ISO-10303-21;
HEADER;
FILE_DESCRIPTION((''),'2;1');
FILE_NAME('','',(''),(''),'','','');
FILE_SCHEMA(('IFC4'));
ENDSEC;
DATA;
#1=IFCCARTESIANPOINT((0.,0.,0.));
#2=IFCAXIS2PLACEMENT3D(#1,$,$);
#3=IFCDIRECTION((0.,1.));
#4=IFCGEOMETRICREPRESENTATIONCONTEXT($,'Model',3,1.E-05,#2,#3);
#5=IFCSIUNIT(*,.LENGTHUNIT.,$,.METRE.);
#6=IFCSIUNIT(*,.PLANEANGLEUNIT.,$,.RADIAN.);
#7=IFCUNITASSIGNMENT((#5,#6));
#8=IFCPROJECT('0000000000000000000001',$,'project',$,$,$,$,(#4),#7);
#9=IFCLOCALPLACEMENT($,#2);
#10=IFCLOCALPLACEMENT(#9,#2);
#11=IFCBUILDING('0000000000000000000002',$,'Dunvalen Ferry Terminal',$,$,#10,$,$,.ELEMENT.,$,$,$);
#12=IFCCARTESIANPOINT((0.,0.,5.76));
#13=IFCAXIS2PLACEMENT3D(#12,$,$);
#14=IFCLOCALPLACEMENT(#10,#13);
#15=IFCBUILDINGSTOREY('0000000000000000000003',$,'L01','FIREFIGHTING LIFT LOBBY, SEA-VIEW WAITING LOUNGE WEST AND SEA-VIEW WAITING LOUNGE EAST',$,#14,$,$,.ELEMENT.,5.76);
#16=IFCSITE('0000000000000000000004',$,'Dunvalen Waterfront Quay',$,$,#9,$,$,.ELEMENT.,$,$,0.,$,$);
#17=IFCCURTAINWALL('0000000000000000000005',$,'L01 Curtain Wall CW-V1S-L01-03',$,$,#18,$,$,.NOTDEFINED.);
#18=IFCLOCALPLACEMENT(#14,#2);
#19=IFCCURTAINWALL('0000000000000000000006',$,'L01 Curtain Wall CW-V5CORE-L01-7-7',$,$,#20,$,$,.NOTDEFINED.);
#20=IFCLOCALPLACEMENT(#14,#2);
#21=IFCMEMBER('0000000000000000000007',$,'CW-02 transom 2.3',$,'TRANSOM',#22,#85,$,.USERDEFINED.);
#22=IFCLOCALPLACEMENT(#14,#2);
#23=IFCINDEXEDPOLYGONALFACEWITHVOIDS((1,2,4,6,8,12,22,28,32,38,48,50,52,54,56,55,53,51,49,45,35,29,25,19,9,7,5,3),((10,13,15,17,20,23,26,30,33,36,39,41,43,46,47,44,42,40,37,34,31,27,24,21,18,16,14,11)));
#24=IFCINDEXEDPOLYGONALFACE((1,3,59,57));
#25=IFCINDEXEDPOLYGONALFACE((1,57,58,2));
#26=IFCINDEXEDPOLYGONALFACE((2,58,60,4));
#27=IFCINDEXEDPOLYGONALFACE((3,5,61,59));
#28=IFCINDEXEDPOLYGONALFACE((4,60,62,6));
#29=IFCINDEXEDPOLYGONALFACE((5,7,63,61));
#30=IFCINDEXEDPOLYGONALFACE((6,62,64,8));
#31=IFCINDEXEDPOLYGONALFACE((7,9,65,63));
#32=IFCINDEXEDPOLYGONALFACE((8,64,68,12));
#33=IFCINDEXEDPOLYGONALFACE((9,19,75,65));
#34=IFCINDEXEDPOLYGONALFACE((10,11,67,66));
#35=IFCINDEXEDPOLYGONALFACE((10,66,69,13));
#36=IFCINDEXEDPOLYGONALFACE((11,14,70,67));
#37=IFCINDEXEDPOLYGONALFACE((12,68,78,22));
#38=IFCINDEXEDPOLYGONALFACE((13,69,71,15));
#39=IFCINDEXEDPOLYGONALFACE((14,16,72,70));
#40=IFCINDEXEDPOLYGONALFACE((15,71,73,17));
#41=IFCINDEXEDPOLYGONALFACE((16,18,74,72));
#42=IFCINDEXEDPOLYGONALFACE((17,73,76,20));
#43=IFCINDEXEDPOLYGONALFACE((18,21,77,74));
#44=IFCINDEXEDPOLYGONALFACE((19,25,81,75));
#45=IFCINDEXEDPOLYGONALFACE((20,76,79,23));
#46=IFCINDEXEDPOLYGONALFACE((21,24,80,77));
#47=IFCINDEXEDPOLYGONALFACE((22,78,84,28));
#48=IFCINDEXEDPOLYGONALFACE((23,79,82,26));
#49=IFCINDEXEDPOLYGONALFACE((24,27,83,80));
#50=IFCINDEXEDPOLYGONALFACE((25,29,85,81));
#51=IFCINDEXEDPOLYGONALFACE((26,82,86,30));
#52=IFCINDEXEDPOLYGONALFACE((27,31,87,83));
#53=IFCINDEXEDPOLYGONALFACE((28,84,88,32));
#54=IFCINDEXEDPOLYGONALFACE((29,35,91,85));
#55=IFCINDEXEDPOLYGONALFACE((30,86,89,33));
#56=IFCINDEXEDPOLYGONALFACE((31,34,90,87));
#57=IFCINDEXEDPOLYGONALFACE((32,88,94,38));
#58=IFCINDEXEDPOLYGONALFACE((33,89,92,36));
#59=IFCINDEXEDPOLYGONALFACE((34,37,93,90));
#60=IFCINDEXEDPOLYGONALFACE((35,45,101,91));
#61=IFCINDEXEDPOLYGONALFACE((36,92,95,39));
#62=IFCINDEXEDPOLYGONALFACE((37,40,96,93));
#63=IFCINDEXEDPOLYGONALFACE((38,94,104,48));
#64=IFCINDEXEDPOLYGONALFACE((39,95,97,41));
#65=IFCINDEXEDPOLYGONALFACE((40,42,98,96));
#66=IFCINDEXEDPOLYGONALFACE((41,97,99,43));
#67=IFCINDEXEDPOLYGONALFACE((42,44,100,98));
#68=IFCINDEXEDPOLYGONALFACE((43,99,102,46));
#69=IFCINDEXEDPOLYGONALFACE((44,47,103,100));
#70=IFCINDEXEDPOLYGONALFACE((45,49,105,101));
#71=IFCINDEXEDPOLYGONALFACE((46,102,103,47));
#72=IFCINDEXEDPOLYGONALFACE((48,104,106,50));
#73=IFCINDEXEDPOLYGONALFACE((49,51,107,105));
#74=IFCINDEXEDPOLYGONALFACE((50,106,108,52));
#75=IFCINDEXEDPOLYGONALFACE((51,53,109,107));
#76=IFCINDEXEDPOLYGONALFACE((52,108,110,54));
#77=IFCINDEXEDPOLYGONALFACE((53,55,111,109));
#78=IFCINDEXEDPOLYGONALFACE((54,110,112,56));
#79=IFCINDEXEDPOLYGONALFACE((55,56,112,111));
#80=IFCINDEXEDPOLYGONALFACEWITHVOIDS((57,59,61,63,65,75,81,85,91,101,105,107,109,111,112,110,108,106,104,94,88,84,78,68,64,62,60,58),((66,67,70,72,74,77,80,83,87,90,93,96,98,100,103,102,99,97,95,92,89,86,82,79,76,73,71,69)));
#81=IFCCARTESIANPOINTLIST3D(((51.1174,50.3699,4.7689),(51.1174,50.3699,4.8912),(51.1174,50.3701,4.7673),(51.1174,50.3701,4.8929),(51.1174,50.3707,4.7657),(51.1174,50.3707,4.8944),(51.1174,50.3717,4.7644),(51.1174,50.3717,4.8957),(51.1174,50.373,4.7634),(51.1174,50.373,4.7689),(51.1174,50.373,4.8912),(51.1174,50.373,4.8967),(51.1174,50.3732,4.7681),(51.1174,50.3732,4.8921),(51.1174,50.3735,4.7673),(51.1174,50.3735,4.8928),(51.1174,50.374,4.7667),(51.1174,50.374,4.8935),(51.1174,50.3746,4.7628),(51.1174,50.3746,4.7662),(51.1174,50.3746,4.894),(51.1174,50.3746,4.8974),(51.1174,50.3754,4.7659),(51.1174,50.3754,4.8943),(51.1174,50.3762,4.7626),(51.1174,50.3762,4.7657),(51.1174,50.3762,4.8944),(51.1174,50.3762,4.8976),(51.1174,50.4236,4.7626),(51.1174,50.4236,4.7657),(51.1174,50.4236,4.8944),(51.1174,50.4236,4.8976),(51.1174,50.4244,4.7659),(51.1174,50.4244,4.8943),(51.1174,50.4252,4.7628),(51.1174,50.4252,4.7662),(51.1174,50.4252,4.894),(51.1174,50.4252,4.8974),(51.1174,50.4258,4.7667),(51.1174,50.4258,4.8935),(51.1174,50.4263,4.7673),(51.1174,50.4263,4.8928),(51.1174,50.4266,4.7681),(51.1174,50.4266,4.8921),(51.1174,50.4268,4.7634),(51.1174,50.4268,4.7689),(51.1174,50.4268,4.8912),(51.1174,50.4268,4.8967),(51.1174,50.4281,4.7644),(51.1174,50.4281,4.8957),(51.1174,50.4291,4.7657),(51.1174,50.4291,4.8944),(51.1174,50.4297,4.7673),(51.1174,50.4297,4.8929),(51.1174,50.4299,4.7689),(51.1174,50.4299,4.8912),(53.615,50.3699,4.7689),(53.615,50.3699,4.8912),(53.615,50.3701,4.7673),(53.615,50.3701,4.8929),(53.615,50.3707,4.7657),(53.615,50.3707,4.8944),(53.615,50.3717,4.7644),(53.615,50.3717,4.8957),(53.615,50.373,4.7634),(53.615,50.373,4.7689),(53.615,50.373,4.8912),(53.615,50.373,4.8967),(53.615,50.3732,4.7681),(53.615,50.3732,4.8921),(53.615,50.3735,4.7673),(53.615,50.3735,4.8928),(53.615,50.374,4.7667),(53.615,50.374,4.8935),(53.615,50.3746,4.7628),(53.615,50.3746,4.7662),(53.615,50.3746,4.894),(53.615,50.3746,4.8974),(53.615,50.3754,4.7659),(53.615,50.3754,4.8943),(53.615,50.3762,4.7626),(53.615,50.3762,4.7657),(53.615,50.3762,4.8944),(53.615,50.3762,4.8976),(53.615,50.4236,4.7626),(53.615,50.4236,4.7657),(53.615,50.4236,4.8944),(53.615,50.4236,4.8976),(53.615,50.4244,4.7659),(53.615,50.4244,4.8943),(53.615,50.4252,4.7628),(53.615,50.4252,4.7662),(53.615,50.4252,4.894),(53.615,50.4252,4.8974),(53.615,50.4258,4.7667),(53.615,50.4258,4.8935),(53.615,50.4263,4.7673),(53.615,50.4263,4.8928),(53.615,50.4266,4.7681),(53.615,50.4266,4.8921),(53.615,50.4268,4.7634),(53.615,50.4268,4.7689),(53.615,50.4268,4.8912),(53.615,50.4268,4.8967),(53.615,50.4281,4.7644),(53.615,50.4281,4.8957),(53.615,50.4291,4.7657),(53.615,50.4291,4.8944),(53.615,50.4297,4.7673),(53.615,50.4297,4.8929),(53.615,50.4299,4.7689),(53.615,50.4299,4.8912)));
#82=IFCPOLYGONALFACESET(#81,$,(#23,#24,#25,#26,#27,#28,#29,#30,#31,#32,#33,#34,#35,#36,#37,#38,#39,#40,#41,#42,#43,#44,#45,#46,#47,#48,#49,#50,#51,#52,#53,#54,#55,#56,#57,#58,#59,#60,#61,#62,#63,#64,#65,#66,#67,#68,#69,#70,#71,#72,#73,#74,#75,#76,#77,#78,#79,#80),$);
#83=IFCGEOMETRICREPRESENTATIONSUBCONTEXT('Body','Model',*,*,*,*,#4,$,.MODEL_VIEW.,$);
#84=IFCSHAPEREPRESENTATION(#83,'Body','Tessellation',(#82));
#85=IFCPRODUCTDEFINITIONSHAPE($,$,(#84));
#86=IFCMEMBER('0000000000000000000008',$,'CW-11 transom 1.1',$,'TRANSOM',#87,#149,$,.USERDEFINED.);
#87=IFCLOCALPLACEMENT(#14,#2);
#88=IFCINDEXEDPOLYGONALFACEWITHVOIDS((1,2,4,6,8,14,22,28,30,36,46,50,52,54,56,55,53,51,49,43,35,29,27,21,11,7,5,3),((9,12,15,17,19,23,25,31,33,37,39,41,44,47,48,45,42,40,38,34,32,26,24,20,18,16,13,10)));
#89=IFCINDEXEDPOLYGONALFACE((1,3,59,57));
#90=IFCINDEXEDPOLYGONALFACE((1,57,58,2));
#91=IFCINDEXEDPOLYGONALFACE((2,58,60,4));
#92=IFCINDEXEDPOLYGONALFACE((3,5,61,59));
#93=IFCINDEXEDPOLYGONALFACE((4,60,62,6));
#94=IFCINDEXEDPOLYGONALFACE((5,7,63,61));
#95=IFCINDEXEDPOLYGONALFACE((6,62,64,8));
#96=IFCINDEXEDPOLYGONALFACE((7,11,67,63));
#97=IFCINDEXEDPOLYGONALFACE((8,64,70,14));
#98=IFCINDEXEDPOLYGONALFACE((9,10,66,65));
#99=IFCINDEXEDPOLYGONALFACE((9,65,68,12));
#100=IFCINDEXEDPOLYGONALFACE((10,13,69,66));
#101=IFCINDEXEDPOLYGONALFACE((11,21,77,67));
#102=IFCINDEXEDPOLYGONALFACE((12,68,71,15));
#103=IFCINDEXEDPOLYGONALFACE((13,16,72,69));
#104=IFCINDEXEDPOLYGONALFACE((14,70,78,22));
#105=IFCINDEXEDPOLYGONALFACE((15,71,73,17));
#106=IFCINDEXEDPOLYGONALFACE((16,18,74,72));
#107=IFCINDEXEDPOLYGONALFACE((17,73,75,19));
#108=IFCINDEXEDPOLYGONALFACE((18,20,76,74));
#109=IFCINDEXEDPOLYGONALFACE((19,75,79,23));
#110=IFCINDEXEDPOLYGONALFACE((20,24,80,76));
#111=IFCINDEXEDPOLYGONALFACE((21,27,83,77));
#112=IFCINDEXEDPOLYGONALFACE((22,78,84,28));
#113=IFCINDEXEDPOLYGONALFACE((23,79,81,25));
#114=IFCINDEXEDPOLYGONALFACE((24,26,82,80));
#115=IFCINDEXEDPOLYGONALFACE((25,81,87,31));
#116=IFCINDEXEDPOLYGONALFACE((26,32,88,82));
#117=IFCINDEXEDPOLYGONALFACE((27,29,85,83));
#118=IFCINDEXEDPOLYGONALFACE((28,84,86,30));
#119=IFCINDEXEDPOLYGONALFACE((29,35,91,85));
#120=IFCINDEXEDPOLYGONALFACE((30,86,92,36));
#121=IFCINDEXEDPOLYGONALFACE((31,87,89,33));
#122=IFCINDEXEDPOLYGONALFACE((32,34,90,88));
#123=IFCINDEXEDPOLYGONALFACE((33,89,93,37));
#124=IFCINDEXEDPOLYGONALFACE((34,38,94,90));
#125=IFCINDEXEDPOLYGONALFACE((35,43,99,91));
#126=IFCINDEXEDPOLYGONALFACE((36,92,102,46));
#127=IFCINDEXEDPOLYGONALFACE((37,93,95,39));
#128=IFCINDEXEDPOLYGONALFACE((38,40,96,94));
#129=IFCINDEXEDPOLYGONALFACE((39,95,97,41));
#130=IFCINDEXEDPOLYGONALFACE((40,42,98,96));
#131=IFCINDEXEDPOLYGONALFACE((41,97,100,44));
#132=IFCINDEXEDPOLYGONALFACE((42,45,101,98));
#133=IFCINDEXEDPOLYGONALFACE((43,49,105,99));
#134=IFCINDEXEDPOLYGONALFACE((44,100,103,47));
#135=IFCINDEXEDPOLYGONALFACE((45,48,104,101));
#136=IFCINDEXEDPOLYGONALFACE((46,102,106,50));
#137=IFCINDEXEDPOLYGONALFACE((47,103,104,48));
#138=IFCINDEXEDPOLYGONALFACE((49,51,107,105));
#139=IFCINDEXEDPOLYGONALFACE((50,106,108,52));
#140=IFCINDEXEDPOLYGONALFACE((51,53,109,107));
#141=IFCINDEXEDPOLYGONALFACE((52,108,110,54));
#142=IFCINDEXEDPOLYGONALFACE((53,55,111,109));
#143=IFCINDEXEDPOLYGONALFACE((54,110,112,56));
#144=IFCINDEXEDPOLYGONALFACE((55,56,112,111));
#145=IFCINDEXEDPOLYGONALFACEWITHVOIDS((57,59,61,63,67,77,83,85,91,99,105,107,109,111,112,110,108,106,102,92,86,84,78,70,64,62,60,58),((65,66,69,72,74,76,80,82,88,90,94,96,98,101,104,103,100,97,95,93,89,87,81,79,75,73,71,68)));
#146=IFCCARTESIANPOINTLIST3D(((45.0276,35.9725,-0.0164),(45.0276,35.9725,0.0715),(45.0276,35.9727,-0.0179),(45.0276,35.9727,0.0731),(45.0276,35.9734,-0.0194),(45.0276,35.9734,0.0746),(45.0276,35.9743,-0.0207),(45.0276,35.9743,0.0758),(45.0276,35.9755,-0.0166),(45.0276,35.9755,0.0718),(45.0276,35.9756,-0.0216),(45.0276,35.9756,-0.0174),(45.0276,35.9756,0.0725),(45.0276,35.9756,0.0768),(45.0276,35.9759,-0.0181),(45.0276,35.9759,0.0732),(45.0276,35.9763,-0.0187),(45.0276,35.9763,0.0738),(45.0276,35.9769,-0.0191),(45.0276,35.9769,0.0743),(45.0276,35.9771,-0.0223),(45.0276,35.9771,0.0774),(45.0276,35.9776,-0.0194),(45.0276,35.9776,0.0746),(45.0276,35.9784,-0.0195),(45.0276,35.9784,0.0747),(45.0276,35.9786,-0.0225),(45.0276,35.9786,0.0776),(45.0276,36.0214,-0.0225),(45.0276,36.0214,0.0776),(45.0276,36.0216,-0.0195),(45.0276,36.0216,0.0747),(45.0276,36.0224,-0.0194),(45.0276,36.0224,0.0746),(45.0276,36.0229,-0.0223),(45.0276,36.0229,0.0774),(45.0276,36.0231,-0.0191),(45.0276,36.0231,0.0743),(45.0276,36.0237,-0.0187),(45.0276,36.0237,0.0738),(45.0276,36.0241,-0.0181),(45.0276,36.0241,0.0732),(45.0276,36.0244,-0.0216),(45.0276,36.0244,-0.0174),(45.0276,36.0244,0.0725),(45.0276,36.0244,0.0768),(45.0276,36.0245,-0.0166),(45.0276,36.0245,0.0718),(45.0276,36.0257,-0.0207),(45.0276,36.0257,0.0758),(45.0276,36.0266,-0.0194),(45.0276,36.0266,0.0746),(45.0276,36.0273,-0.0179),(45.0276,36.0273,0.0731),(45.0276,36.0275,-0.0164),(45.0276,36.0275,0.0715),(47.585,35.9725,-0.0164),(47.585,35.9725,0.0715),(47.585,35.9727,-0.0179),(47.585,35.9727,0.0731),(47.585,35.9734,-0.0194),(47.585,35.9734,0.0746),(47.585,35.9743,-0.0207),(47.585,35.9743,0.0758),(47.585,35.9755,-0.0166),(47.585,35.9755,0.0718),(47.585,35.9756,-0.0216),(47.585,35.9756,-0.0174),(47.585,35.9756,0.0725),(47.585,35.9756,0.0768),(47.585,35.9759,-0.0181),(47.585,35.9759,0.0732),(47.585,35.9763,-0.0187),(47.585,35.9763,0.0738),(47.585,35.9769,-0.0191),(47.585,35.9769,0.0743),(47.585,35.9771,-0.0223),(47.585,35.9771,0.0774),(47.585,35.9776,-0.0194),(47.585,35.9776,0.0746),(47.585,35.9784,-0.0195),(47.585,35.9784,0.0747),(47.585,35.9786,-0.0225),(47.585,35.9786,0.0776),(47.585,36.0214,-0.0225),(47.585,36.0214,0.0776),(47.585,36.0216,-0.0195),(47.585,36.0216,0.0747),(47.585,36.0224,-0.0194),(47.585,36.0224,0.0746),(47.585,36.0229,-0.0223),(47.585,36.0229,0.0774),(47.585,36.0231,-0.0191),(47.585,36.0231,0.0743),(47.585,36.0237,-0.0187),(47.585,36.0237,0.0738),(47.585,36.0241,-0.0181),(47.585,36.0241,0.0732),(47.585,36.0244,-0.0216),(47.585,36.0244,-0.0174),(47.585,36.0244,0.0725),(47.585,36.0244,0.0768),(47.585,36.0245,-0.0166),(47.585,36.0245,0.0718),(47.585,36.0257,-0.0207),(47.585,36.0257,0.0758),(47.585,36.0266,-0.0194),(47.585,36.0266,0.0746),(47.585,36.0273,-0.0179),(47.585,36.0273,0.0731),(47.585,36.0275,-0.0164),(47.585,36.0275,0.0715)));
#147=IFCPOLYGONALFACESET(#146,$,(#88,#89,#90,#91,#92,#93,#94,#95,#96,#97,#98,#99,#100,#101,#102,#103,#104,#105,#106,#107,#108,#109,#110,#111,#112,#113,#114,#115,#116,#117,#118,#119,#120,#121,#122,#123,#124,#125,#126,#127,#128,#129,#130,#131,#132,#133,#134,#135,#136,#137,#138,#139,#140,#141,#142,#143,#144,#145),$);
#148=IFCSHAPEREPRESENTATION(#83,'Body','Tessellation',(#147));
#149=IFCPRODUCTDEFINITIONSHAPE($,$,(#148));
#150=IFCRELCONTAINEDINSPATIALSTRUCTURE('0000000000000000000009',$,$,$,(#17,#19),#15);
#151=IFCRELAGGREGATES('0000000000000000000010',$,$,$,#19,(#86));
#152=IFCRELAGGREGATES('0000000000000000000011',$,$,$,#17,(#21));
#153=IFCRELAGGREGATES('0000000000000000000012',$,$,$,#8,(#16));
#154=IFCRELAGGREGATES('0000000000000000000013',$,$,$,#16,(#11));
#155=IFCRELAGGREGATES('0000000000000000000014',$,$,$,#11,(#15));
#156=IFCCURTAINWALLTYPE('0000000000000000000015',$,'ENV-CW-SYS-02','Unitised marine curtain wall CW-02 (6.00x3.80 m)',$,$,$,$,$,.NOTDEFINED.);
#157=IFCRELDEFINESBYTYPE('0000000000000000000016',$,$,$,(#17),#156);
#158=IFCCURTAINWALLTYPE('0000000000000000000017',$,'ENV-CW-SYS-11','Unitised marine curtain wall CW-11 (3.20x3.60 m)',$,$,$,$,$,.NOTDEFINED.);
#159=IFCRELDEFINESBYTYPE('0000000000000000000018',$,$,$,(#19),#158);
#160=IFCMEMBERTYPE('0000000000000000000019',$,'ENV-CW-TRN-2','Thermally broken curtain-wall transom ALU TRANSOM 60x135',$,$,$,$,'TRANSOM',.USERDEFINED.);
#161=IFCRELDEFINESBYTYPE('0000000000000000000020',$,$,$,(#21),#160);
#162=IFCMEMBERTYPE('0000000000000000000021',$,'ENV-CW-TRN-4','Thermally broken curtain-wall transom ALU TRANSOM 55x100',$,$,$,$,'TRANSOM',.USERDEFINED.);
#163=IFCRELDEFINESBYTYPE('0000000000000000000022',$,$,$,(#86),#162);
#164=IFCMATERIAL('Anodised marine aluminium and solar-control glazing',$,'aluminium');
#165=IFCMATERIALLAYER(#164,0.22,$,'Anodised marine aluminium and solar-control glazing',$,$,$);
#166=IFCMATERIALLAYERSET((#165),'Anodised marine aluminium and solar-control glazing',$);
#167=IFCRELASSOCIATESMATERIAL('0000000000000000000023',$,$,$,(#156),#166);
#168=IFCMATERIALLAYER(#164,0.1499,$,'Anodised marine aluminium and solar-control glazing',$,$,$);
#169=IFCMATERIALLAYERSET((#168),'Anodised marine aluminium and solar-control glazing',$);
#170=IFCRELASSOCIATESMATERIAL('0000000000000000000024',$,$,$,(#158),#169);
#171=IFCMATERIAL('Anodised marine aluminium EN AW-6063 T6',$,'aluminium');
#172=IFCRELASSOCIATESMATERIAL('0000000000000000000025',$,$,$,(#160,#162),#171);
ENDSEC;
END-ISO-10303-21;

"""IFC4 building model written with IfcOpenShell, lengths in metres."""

from ifc_helpers import new_model, si_unit, direction, frame, origin, origin_2d, place, context, subcontext, project, spatial, hollow_rectangle, extrude, material, layer, layer_set, material_profile, profile_set, type_object, element, aggregate, save


model = new_model("IFC4")

# Units and contexts
model_context = context("Model", 3, precision=1e-05, world=origin(), true_north=direction((0.0, 1.0)))
body_context = subcontext(model_context, "Body", "Model", "MODEL_VIEW")
ifc_project = project(units=[si_unit("LENGTHUNIT", "METRE"), si_unit("PLANEANGLEUNIT", "RADIAN")], contexts=[model_context])

# Site, building, storey
site_placement = place(None, origin())
site = spatial("IfcSite", under=ifc_project, at=site_placement, Name="Dunvalen Waterfront Quay", CompositionType="ELEMENT", RefElevation=0.0)
building_placement = place(site_placement, origin())
building = spatial("IfcBuilding", under=site, at=building_placement, Name="Dunvalen Ferry Terminal", CompositionType="ELEMENT")
storey_placement = place(building_placement, frame((0.0, 0.0, 5.76)))
storey = spatial("IfcBuildingStorey", under=building, at=storey_placement, Name="L01", Description="FIREFIGHTING LIFT LOBBY, SEA-VIEW WAITING LOUNGE WEST AND SEA-VIEW WAITING LOUNGE EAST", CompositionType="ELEMENT", Elevation=5.76)

# Curtain wall
ifc_material_1 = material(Name="Anodised marine aluminium and solar-control glazing", Category="aluminium")
ifc_layer_1 = layer(ifc_material_1, 0.22, Name="Anodised marine aluminium and solar-control glazing")
ifc_layer_set_1 = layer_set([ifc_layer_1], Name="Anodised marine aluminium and solar-control glazing")
curtain_wall_type_1 = type_object("IfcCurtainWallType", Name="ENV-CW-SYS-02", Description="Unitised marine curtain wall CW-02 (6.00x3.80 m)", PredefinedType="NOTDEFINED", material=ifc_layer_set_1)
ifc_material_2 = material(Name="Anodised marine aluminium EN AW-6063 T6", Category="aluminium")
curtain_wall_1_placement = place(storey_placement, origin())
curtain_wall_1 = element("IfcCurtainWall", 1, at=curtain_wall_1_placement, inside=storey, type_object=curtain_wall_type_1, Name="L01 Curtain Wall CW-V1S-L01-03", PredefinedType="NOTDEFINED")

# Curtain wall
ifc_layer_2 = layer(ifc_material_1, 0.1499, Name="Anodised marine aluminium and solar-control glazing")
ifc_layer_set_2 = layer_set([ifc_layer_2], Name="Anodised marine aluminium and solar-control glazing")
curtain_wall_type_2 = type_object("IfcCurtainWallType", Name="ENV-CW-SYS-11", Description="Unitised marine curtain wall CW-11 (3.20x3.60 m)", PredefinedType="NOTDEFINED", material=ifc_layer_set_2)
curtain_wall_2_placement = place(storey_placement, origin())
curtain_wall_2 = element("IfcCurtainWall", 2, at=curtain_wall_2_placement, inside=storey, type_object=curtain_wall_type_2, Name="L01 Curtain Wall CW-V5CORE-L01-7-7", PredefinedType="NOTDEFINED")

# Members
ifc_material_profile_1 = material_profile(ifc_material_2, hollow_rectangle(XDim=0.0601, YDim=0.135, WallThickness=0.0032, InnerFilletRadius=0.0032, OuterFilletRadius=0.0063, at=origin_2d()), Name="Anodised marine aluminium EN AW-6063 T6")
ifc_profile_set_1 = profile_set([ifc_material_profile_1], Name="Anodised marine aluminium EN AW-6063 T6")
member_type_1 = type_object("IfcMemberType", Name="ENV-CW-TRN-2", Description="Thermally broken curtain-wall transom ALU TRANSOM 60x135", ElementType="TRANSOM", PredefinedType="USERDEFINED", material=ifc_profile_set_1)
member_1_placement = place(storey_placement, frame((51.1174, 50.3999, 4.8301), z_axis=(1.0, 0.0, 0.0), x_axis=(0.0, 1.0, 0.0)))
member_1 = element("IfcMember", 3, at=member_1_placement, type_object=member_type_1, Name="CW-02 transom 2.3", ObjectType="TRANSOM", PredefinedType="USERDEFINED", context=body_context, shape_type="SweptSolid", body=[
    extrude(hollow_rectangle(XDim=0.0601, YDim=0.135, WallThickness=0.0032, InnerFilletRadius=0.0032, OuterFilletRadius=0.0063, at=origin_2d()), origin(), (0.0, 0.0, 1.0), 2.4976),
])
ifc_material_profile_2 = material_profile(ifc_material_2, hollow_rectangle(XDim=0.0549, YDim=0.1001, WallThickness=0.0029, InnerFilletRadius=0.0029, OuterFilletRadius=0.0061, at=origin_2d()), Name="Anodised marine aluminium EN AW-6063 T6")
ifc_profile_set_2 = profile_set([ifc_material_profile_2], Name="Anodised marine aluminium EN AW-6063 T6")
member_type_2 = type_object("IfcMemberType", Name="ENV-CW-TRN-4", Description="Thermally broken curtain-wall transom ALU TRANSOM 55x100", ElementType="TRANSOM", PredefinedType="USERDEFINED", material=ifc_profile_set_2)
member_2_placement = place(storey_placement, frame((47.585, 36.0, 0.0276), z_axis=(-1.0, 0.0, 0.0), x_axis=(0.0, -1.0, 0.0)))
member_2 = element("IfcMember", 4, at=member_2_placement, type_object=member_type_2, Name="CW-11 transom 1.1", ObjectType="TRANSOM", PredefinedType="USERDEFINED", context=body_context, shape_type="SweptSolid", body=[
    extrude(hollow_rectangle(XDim=0.0549, YDim=0.1001, WallThickness=0.0029, InnerFilletRadius=0.0029, OuterFilletRadius=0.0061, at=origin_2d()), origin(), (0.0, 0.0, 1.0), 2.5574),
])
aggregate(curtain_wall_2, [member_2])

aggregate(curtain_wall_1, [member_1])

save(model, "model.ifc")
